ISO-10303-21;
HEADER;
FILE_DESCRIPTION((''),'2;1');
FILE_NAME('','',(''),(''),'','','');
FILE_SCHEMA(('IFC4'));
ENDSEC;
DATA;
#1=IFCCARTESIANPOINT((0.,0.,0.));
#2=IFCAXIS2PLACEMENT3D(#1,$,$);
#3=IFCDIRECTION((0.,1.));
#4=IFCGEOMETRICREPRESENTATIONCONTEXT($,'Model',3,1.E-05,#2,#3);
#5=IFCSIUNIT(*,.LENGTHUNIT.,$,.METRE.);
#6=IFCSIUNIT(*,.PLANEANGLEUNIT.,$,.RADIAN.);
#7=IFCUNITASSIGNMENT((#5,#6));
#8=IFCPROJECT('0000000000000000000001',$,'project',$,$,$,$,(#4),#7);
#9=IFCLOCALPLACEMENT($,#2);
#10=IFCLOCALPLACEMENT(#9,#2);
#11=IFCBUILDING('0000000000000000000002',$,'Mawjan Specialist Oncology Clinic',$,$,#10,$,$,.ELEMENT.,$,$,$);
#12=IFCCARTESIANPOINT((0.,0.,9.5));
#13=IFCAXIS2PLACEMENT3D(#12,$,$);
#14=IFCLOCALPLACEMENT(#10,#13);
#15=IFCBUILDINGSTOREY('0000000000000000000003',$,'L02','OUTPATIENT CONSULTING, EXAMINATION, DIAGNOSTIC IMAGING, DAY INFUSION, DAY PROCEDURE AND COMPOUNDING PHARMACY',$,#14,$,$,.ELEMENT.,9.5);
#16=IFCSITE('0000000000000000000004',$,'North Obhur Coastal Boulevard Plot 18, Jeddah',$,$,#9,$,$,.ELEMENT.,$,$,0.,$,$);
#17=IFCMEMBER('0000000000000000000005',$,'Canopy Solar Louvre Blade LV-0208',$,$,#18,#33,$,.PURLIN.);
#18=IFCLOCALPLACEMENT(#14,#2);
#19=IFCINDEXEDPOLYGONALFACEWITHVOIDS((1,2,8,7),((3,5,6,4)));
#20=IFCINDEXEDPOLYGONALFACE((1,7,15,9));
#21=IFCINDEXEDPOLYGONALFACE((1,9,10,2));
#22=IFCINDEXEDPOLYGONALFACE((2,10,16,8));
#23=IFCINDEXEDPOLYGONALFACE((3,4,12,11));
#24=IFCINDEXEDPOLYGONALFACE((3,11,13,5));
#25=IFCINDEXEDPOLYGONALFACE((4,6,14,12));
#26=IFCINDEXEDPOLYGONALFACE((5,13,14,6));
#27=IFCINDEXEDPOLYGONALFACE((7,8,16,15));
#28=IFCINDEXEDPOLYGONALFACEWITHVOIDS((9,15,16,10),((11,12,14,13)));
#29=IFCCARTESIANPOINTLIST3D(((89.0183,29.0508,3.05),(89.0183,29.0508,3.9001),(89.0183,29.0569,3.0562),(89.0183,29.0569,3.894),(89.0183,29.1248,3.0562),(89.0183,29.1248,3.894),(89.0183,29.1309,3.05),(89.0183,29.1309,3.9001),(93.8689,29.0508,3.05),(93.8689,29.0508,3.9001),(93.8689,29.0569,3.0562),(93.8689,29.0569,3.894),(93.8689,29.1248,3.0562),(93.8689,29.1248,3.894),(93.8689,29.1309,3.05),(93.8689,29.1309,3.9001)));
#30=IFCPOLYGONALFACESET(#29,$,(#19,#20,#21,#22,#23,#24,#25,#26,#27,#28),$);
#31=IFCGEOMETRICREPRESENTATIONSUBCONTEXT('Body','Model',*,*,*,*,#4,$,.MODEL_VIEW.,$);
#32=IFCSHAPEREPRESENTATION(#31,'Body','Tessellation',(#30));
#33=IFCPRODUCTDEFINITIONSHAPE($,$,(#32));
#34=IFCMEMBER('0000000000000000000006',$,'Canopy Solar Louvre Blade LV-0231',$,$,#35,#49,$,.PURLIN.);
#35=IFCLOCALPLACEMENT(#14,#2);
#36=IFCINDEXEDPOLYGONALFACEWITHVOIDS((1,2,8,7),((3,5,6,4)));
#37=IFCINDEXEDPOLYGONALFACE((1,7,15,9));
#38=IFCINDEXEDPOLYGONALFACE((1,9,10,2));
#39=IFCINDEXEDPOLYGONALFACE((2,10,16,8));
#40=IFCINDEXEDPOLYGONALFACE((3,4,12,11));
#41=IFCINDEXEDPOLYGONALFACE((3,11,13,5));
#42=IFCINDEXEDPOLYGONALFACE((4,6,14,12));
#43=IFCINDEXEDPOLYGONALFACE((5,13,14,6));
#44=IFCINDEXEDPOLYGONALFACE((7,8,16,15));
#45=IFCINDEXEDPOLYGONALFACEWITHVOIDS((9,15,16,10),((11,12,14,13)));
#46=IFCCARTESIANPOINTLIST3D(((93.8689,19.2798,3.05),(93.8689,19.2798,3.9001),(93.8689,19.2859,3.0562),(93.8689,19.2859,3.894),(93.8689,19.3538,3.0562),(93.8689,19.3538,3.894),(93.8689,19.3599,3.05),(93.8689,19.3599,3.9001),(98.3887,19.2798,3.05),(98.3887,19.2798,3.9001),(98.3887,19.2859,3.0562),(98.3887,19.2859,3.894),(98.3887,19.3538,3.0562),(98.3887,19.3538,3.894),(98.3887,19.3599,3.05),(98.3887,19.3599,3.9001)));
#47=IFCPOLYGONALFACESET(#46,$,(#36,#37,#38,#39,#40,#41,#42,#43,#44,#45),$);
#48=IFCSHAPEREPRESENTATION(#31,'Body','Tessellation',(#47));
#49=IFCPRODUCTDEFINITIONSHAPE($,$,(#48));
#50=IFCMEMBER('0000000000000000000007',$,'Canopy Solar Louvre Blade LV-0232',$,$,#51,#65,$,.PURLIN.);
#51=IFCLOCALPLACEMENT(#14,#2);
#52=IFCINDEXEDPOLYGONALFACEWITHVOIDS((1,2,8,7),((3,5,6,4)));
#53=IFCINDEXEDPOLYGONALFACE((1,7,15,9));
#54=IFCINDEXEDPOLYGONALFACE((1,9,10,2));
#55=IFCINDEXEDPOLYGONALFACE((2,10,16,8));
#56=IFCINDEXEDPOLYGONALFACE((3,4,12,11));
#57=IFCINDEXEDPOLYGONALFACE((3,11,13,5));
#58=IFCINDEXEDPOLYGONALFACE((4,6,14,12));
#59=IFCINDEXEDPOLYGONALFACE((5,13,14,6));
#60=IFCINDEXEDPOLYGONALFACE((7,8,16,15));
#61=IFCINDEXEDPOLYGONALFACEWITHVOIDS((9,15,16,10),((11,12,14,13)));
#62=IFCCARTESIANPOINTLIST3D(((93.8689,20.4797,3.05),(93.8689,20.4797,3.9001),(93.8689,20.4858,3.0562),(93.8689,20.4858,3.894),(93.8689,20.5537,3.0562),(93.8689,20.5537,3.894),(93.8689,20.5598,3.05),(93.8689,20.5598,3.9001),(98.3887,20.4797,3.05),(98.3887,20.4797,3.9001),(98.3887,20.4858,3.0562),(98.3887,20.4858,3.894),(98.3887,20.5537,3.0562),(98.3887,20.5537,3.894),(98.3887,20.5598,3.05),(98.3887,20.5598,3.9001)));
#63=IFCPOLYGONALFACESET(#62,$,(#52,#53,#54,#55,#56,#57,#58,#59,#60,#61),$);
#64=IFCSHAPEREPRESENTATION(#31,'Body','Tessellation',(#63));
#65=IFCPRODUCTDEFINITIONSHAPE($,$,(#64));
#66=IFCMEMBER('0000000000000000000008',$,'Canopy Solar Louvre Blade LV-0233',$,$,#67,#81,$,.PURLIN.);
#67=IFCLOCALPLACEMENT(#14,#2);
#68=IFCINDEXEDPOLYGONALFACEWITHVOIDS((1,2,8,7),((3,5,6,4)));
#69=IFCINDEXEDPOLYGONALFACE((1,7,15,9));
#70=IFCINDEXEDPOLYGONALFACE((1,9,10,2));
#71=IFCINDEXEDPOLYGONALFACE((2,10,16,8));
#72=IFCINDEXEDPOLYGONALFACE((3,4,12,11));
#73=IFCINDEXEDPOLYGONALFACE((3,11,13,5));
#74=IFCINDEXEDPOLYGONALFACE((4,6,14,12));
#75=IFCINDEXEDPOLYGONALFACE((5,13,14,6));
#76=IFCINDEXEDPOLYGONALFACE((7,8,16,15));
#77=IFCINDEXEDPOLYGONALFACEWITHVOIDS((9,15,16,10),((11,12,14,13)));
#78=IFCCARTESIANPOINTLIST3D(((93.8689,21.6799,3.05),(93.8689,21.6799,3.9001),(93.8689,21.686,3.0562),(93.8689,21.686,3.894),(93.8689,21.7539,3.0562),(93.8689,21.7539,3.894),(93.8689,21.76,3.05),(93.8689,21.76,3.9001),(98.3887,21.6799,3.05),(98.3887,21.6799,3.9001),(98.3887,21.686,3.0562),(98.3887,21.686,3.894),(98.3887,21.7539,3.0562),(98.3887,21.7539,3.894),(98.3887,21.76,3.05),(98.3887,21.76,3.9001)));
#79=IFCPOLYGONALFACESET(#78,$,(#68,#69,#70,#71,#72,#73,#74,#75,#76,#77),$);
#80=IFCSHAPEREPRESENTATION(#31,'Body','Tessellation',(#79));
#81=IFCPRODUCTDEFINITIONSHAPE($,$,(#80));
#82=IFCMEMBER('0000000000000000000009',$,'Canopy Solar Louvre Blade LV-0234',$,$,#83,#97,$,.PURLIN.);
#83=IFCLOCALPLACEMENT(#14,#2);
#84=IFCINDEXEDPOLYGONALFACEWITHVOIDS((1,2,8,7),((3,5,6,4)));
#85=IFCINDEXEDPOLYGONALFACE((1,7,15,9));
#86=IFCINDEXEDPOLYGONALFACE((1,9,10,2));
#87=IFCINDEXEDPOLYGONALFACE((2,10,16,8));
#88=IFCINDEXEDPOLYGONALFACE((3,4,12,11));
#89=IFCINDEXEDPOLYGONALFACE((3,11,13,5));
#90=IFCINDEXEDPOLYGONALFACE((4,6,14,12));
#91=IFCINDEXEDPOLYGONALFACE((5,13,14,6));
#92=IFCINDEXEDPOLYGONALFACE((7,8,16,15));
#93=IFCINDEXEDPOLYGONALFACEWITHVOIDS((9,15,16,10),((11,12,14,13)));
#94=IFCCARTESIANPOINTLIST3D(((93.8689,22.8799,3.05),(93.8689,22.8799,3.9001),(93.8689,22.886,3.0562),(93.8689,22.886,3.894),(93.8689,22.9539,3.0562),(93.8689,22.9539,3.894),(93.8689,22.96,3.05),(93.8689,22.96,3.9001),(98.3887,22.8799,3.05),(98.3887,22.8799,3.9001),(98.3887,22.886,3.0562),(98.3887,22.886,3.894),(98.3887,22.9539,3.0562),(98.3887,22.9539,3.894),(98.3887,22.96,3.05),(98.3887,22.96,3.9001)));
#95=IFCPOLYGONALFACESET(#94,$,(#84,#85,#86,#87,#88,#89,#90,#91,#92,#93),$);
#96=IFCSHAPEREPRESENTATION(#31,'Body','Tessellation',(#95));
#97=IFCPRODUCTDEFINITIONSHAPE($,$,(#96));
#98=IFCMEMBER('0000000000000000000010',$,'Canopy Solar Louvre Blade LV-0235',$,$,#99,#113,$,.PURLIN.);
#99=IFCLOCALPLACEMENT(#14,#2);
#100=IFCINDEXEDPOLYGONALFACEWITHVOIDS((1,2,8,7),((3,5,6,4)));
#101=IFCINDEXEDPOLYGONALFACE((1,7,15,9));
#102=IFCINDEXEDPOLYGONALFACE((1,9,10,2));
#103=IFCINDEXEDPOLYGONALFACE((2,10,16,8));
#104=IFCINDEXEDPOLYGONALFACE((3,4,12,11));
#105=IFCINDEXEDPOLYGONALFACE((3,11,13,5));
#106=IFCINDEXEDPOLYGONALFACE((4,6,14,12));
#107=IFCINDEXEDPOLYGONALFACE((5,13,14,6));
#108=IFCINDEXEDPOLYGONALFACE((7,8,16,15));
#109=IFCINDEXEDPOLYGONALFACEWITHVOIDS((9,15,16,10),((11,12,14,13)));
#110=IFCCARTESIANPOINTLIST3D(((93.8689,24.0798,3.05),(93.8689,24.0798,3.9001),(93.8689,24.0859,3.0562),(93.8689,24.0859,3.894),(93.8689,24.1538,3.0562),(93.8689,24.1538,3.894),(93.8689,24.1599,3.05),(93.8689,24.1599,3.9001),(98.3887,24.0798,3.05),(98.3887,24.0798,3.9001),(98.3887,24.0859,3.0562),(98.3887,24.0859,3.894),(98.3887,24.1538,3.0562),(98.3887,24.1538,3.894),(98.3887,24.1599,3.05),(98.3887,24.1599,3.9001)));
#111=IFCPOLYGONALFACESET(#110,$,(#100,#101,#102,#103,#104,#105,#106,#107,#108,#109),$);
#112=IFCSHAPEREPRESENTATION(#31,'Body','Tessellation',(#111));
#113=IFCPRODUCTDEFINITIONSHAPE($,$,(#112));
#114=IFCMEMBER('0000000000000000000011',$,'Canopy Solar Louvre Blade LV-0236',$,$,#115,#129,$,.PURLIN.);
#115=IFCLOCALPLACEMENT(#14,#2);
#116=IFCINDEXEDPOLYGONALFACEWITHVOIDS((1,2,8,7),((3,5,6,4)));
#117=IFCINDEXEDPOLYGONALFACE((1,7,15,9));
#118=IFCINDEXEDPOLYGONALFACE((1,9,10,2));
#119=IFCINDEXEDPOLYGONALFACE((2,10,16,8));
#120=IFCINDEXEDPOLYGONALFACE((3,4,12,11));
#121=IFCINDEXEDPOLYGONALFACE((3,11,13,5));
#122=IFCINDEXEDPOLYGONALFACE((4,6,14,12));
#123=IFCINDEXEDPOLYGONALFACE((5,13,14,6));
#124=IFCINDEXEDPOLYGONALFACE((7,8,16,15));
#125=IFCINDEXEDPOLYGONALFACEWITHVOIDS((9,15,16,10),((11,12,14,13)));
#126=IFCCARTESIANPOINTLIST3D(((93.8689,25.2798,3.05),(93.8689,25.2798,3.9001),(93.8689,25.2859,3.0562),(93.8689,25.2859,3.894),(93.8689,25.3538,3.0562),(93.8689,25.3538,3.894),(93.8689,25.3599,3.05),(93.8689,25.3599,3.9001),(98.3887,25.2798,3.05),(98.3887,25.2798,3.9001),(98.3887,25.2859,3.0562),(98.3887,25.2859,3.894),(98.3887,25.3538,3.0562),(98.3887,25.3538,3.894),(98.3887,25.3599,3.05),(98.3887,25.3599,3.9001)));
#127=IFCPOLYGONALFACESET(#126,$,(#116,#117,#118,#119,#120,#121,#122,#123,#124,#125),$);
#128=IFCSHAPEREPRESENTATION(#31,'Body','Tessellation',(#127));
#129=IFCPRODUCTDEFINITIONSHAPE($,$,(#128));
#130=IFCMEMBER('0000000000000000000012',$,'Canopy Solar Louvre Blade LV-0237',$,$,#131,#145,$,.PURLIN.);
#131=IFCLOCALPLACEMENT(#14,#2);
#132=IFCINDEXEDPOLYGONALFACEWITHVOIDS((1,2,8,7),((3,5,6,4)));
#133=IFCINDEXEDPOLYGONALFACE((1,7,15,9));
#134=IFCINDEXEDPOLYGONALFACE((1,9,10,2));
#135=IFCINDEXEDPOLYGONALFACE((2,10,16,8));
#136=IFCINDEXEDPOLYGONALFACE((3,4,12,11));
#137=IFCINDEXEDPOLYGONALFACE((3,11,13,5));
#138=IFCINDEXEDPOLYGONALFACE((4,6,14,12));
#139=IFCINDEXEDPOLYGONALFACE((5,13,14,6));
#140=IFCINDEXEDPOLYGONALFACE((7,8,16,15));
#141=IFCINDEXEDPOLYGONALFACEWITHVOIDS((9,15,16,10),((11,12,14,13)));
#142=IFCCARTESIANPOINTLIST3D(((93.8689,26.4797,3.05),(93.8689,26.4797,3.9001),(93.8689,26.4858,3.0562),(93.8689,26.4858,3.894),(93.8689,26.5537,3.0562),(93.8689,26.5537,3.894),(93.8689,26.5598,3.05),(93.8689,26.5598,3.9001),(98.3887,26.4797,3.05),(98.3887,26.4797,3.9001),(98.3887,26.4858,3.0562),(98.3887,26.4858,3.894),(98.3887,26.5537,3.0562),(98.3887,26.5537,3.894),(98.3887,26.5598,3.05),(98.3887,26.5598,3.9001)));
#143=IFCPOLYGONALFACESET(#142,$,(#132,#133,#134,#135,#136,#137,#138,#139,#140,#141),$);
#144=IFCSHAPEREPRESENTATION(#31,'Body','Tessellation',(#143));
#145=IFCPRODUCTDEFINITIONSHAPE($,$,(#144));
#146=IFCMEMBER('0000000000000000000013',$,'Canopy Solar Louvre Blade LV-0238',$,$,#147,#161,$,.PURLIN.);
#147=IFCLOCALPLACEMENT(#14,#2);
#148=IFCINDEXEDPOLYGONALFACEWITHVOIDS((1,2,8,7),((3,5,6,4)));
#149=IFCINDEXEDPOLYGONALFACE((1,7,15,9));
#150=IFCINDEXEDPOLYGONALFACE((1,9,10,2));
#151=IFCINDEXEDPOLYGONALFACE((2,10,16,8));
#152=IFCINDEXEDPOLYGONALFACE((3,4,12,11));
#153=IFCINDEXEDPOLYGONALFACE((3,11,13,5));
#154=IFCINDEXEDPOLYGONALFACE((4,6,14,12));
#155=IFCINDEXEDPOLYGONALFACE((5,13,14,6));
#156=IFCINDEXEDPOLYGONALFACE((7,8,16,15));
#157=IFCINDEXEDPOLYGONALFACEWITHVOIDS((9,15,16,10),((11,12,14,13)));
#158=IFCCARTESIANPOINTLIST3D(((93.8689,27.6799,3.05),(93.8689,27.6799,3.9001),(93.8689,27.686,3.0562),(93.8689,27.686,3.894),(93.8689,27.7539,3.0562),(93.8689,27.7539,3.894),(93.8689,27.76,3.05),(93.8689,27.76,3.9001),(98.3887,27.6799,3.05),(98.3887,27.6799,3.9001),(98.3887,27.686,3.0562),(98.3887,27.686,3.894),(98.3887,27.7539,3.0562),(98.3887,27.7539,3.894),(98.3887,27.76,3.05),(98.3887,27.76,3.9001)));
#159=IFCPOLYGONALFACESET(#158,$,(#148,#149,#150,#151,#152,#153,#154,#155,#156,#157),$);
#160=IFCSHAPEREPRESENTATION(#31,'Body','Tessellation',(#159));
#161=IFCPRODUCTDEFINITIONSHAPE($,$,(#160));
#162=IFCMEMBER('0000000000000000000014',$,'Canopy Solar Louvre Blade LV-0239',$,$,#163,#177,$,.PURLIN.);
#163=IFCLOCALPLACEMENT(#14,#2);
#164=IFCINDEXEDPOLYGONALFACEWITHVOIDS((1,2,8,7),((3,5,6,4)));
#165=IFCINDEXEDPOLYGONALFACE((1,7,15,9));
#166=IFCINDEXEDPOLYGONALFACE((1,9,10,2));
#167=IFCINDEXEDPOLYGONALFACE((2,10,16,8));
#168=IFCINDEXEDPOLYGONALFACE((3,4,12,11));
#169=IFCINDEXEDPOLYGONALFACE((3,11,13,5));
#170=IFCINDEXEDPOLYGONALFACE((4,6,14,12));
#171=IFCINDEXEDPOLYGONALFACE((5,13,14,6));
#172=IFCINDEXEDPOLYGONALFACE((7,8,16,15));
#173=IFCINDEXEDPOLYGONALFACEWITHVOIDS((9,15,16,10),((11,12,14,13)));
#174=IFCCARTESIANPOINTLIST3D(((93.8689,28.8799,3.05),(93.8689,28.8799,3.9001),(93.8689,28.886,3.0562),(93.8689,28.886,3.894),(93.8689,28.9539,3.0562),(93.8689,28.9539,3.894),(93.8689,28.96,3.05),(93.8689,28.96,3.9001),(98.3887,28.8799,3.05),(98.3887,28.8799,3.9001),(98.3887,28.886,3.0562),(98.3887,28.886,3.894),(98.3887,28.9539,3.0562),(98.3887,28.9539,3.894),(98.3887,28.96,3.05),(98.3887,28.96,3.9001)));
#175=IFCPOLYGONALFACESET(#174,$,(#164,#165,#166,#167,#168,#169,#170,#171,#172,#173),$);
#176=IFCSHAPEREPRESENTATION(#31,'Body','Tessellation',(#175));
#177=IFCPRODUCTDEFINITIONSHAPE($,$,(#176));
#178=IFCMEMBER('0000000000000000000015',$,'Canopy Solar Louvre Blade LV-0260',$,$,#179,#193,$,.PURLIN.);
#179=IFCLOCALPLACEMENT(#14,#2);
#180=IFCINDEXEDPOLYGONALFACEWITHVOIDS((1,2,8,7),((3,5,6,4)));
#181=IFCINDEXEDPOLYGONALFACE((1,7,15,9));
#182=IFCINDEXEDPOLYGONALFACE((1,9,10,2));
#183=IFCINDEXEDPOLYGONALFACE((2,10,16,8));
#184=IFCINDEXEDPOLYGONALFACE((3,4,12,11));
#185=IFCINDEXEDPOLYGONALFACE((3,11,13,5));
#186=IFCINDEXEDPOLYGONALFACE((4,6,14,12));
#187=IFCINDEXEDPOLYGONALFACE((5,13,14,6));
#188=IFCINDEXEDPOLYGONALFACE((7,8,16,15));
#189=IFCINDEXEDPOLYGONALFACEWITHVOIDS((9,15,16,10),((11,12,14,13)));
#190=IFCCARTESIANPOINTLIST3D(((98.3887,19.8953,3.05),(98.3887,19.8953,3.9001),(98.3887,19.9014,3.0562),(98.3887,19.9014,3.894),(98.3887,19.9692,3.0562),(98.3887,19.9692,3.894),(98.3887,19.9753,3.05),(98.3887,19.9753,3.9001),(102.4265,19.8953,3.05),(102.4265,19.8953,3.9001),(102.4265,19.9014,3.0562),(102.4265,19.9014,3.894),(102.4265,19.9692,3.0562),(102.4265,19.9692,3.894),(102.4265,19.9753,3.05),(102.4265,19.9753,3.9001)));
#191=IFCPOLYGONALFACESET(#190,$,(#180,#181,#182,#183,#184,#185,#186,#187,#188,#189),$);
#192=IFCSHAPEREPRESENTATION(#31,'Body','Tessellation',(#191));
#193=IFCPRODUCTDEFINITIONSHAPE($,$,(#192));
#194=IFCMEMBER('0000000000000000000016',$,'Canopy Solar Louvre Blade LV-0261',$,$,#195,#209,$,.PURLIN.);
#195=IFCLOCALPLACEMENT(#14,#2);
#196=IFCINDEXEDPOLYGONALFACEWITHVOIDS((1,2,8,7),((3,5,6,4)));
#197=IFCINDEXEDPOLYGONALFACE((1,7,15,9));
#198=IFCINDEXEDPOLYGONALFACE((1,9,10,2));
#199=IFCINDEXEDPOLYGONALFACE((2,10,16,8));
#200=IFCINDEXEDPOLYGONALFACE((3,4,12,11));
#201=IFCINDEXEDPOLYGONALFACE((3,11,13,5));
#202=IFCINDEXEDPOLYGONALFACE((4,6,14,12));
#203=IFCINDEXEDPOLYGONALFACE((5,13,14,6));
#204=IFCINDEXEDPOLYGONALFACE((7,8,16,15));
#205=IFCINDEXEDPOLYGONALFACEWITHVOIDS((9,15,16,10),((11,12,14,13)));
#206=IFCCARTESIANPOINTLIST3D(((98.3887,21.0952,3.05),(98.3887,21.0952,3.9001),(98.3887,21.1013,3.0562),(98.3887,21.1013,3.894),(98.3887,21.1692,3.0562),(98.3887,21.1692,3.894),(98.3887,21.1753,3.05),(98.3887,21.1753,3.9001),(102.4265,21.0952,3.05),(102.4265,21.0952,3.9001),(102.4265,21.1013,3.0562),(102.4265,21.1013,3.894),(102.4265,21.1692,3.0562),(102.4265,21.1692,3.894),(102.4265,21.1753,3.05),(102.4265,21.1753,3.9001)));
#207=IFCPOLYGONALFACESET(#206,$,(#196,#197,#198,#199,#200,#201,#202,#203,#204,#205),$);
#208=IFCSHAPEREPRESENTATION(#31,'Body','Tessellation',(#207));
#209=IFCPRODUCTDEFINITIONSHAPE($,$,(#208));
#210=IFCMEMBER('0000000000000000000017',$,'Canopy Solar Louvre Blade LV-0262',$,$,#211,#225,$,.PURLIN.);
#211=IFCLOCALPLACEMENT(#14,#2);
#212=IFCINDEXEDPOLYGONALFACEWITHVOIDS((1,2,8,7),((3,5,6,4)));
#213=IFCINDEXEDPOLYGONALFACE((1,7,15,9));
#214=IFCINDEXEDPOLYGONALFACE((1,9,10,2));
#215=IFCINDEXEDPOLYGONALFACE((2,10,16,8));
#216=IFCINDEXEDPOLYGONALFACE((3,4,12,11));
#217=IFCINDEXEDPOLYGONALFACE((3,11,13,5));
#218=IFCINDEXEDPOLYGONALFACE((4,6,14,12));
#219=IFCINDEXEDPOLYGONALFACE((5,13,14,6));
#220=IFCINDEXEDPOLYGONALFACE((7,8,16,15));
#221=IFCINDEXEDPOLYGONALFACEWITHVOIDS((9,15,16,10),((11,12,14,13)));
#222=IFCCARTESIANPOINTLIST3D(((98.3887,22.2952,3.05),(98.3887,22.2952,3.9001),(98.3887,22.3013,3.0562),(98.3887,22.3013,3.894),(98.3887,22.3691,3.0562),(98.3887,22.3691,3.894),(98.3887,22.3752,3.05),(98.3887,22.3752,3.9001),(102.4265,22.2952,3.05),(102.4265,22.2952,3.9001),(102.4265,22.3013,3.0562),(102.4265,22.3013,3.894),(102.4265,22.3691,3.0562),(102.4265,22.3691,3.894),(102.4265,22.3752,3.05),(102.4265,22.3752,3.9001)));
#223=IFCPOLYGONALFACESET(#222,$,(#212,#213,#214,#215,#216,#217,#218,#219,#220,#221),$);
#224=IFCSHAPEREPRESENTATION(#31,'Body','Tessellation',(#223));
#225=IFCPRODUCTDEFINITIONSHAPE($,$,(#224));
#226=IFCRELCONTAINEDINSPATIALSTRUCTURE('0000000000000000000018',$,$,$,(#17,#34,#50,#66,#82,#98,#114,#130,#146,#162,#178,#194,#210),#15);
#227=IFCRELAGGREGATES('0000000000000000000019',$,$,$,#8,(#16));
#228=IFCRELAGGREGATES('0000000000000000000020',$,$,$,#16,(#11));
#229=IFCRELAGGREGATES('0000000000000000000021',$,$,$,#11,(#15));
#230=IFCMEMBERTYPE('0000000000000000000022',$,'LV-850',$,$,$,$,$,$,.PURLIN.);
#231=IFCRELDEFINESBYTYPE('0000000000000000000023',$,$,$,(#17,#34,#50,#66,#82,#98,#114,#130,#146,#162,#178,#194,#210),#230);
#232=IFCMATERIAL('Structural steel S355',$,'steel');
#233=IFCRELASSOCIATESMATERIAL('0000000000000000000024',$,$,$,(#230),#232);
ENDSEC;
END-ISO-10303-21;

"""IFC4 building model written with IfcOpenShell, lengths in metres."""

from ifc_helpers import new_model, si_unit, direction, frame, origin, origin_2d, place, context, subcontext, project, spatial, hollow_rectangle, extrude, material, material_profile, profile_set, type_object, element, save


model = new_model("IFC4")

# Units and contexts
model_context = context("Model", 3, precision=1e-05, world=origin(), true_north=direction((0.0, 1.0)))
body_context = subcontext(model_context, "Body", "Model", "MODEL_VIEW")
ifc_project = project(units=[si_unit("LENGTHUNIT", "METRE"), si_unit("PLANEANGLEUNIT", "RADIAN")], contexts=[model_context])

# Site, building, storey
site_placement = place(None, origin())
site = spatial("IfcSite", under=ifc_project, at=site_placement, Name="North Obhur Coastal Boulevard Plot 18, Jeddah", CompositionType="ELEMENT", RefElevation=0.0)
building_placement = place(site_placement, origin())
building = spatial("IfcBuilding", under=site, at=building_placement, Name="Mawjan Specialist Oncology Clinic", CompositionType="ELEMENT")
storey_placement = place(building_placement, frame((0.0, 0.0, 9.5)))
storey = spatial("IfcBuildingStorey", under=building, at=storey_placement, Name="L02", Description="OUTPATIENT CONSULTING, EXAMINATION, DIAGNOSTIC IMAGING, DAY INFUSION, DAY PROCEDURE AND COMPOUNDING PHARMACY", CompositionType="ELEMENT", Elevation=9.5)

# Members
ifc_material_1 = material(Name="Structural steel S355", Category="steel")
ifc_material_profile = material_profile(ifc_material_1, hollow_rectangle(XDim=0.0801, YDim=0.8501, WallThickness=0.0061, at=origin_2d()), Name="LOUVRE 850x80x6", Category="steel")
ifc_profile_set = profile_set([ifc_material_profile], Name="Structural steel S355")
member_type = type_object("IfcMemberType", Name="LV-850", PredefinedType="PURLIN", material=ifc_profile_set)
member_placement = place(storey_placement, frame((89.0183, 29.0908, 3.4751), z_axis=(1.0, 0.0, 0.0), x_axis=(0.0, 1.0, 0.0)))
element("IfcMember", 1, at=member_placement, inside=storey, type_object=member_type, Name="Canopy Solar Louvre Blade LV-0208", PredefinedType="PURLIN", context=body_context, shape_type="SweptSolid", body=[
    extrude(hollow_rectangle(XDim=0.0801, YDim=0.8501, WallThickness=0.0061, at=origin_2d()), origin(), (0.0, 0.0, 1.0), 4.8506),
])
for number, where, z_axis, x_axis, name in (
    (2, (93.8689, 19.3198, 3.4751), (1.0, 0.0, 0.0), (0.0, 1.0, 0.0), "Canopy Solar Louvre Blade LV-0231"),
    (3, (93.8689, 20.5198, 3.4751), (1.0, 0.0, 0.0), (0.0, 1.0, 0.0), "Canopy Solar Louvre Blade LV-0232"),
    (4, (93.8689, 21.72, 3.4751), (1.0, 0.0, 0.0), (0.0, 1.0, 0.0), "Canopy Solar Louvre Blade LV-0233"),
    (5, (93.8689, 22.9199, 3.4751), (1.0, 0.0, 0.0), (0.0, 1.0, 0.0), "Canopy Solar Louvre Blade LV-0234"),
    (6, (93.8689, 24.1199, 3.4751), (1.0, 0.0, 0.0), (0.0, 1.0, 0.0), "Canopy Solar Louvre Blade LV-0235"),
    (7, (93.8689, 25.3198, 3.4751), (1.0, 0.0, 0.0), (0.0, 1.0, 0.0), "Canopy Solar Louvre Blade LV-0236"),
    (8, (93.8689, 26.5198, 3.4751), (1.0, 0.0, 0.0), (0.0, 1.0, 0.0), "Canopy Solar Louvre Blade LV-0237"),
    (9, (93.8689, 27.72, 3.4751), (1.0, 0.0, 0.0), (0.0, 1.0, 0.0), "Canopy Solar Louvre Blade LV-0238"),
    (10, (93.8689, 28.9199, 3.4751), (1.0, 0.0, 0.0), (0.0, 1.0, 0.0), "Canopy Solar Louvre Blade LV-0239"),
):
    element("IfcMember", number, at=place(storey_placement, frame(where, z_axis=z_axis, x_axis=x_axis)), inside=storey, type_object=member_type, Name=name, PredefinedType="PURLIN", context=body_context, shape_type="SweptSolid", body=[
        extrude(hollow_rectangle(XDim=0.0801, YDim=0.8501, WallThickness=0.0061, at=origin_2d()), origin(), (0.0, 0.0, 1.0), 4.5198),
    ])
for number, where, z_axis, x_axis, name in (
    (11, (98.3887, 19.9353, 3.4751), (1.0, 0.0, 0.0), (0.0, 1.0, 0.0), "Canopy Solar Louvre Blade LV-0260"),
    (12, (98.3887, 21.1353, 3.4751), (1.0, 0.0, 0.0), (0.0, 1.0, 0.0), "Canopy Solar Louvre Blade LV-0261"),
    (13, (98.3887, 22.3352, 3.4751), (1.0, 0.0, 0.0), (0.0, 1.0, 0.0), "Canopy Solar Louvre Blade LV-0262"),
):
    element("IfcMember", number, at=place(storey_placement, frame(where, z_axis=z_axis, x_axis=x_axis)), inside=storey, type_object=member_type, Name=name, PredefinedType="PURLIN", context=body_context, shape_type="SweptSolid", body=[
        extrude(hollow_rectangle(XDim=0.0801, YDim=0.8501, WallThickness=0.0061, at=origin_2d()), origin(), (0.0, 0.0, 1.0), 4.0378),
    ])

save(model, "model.ifc")
